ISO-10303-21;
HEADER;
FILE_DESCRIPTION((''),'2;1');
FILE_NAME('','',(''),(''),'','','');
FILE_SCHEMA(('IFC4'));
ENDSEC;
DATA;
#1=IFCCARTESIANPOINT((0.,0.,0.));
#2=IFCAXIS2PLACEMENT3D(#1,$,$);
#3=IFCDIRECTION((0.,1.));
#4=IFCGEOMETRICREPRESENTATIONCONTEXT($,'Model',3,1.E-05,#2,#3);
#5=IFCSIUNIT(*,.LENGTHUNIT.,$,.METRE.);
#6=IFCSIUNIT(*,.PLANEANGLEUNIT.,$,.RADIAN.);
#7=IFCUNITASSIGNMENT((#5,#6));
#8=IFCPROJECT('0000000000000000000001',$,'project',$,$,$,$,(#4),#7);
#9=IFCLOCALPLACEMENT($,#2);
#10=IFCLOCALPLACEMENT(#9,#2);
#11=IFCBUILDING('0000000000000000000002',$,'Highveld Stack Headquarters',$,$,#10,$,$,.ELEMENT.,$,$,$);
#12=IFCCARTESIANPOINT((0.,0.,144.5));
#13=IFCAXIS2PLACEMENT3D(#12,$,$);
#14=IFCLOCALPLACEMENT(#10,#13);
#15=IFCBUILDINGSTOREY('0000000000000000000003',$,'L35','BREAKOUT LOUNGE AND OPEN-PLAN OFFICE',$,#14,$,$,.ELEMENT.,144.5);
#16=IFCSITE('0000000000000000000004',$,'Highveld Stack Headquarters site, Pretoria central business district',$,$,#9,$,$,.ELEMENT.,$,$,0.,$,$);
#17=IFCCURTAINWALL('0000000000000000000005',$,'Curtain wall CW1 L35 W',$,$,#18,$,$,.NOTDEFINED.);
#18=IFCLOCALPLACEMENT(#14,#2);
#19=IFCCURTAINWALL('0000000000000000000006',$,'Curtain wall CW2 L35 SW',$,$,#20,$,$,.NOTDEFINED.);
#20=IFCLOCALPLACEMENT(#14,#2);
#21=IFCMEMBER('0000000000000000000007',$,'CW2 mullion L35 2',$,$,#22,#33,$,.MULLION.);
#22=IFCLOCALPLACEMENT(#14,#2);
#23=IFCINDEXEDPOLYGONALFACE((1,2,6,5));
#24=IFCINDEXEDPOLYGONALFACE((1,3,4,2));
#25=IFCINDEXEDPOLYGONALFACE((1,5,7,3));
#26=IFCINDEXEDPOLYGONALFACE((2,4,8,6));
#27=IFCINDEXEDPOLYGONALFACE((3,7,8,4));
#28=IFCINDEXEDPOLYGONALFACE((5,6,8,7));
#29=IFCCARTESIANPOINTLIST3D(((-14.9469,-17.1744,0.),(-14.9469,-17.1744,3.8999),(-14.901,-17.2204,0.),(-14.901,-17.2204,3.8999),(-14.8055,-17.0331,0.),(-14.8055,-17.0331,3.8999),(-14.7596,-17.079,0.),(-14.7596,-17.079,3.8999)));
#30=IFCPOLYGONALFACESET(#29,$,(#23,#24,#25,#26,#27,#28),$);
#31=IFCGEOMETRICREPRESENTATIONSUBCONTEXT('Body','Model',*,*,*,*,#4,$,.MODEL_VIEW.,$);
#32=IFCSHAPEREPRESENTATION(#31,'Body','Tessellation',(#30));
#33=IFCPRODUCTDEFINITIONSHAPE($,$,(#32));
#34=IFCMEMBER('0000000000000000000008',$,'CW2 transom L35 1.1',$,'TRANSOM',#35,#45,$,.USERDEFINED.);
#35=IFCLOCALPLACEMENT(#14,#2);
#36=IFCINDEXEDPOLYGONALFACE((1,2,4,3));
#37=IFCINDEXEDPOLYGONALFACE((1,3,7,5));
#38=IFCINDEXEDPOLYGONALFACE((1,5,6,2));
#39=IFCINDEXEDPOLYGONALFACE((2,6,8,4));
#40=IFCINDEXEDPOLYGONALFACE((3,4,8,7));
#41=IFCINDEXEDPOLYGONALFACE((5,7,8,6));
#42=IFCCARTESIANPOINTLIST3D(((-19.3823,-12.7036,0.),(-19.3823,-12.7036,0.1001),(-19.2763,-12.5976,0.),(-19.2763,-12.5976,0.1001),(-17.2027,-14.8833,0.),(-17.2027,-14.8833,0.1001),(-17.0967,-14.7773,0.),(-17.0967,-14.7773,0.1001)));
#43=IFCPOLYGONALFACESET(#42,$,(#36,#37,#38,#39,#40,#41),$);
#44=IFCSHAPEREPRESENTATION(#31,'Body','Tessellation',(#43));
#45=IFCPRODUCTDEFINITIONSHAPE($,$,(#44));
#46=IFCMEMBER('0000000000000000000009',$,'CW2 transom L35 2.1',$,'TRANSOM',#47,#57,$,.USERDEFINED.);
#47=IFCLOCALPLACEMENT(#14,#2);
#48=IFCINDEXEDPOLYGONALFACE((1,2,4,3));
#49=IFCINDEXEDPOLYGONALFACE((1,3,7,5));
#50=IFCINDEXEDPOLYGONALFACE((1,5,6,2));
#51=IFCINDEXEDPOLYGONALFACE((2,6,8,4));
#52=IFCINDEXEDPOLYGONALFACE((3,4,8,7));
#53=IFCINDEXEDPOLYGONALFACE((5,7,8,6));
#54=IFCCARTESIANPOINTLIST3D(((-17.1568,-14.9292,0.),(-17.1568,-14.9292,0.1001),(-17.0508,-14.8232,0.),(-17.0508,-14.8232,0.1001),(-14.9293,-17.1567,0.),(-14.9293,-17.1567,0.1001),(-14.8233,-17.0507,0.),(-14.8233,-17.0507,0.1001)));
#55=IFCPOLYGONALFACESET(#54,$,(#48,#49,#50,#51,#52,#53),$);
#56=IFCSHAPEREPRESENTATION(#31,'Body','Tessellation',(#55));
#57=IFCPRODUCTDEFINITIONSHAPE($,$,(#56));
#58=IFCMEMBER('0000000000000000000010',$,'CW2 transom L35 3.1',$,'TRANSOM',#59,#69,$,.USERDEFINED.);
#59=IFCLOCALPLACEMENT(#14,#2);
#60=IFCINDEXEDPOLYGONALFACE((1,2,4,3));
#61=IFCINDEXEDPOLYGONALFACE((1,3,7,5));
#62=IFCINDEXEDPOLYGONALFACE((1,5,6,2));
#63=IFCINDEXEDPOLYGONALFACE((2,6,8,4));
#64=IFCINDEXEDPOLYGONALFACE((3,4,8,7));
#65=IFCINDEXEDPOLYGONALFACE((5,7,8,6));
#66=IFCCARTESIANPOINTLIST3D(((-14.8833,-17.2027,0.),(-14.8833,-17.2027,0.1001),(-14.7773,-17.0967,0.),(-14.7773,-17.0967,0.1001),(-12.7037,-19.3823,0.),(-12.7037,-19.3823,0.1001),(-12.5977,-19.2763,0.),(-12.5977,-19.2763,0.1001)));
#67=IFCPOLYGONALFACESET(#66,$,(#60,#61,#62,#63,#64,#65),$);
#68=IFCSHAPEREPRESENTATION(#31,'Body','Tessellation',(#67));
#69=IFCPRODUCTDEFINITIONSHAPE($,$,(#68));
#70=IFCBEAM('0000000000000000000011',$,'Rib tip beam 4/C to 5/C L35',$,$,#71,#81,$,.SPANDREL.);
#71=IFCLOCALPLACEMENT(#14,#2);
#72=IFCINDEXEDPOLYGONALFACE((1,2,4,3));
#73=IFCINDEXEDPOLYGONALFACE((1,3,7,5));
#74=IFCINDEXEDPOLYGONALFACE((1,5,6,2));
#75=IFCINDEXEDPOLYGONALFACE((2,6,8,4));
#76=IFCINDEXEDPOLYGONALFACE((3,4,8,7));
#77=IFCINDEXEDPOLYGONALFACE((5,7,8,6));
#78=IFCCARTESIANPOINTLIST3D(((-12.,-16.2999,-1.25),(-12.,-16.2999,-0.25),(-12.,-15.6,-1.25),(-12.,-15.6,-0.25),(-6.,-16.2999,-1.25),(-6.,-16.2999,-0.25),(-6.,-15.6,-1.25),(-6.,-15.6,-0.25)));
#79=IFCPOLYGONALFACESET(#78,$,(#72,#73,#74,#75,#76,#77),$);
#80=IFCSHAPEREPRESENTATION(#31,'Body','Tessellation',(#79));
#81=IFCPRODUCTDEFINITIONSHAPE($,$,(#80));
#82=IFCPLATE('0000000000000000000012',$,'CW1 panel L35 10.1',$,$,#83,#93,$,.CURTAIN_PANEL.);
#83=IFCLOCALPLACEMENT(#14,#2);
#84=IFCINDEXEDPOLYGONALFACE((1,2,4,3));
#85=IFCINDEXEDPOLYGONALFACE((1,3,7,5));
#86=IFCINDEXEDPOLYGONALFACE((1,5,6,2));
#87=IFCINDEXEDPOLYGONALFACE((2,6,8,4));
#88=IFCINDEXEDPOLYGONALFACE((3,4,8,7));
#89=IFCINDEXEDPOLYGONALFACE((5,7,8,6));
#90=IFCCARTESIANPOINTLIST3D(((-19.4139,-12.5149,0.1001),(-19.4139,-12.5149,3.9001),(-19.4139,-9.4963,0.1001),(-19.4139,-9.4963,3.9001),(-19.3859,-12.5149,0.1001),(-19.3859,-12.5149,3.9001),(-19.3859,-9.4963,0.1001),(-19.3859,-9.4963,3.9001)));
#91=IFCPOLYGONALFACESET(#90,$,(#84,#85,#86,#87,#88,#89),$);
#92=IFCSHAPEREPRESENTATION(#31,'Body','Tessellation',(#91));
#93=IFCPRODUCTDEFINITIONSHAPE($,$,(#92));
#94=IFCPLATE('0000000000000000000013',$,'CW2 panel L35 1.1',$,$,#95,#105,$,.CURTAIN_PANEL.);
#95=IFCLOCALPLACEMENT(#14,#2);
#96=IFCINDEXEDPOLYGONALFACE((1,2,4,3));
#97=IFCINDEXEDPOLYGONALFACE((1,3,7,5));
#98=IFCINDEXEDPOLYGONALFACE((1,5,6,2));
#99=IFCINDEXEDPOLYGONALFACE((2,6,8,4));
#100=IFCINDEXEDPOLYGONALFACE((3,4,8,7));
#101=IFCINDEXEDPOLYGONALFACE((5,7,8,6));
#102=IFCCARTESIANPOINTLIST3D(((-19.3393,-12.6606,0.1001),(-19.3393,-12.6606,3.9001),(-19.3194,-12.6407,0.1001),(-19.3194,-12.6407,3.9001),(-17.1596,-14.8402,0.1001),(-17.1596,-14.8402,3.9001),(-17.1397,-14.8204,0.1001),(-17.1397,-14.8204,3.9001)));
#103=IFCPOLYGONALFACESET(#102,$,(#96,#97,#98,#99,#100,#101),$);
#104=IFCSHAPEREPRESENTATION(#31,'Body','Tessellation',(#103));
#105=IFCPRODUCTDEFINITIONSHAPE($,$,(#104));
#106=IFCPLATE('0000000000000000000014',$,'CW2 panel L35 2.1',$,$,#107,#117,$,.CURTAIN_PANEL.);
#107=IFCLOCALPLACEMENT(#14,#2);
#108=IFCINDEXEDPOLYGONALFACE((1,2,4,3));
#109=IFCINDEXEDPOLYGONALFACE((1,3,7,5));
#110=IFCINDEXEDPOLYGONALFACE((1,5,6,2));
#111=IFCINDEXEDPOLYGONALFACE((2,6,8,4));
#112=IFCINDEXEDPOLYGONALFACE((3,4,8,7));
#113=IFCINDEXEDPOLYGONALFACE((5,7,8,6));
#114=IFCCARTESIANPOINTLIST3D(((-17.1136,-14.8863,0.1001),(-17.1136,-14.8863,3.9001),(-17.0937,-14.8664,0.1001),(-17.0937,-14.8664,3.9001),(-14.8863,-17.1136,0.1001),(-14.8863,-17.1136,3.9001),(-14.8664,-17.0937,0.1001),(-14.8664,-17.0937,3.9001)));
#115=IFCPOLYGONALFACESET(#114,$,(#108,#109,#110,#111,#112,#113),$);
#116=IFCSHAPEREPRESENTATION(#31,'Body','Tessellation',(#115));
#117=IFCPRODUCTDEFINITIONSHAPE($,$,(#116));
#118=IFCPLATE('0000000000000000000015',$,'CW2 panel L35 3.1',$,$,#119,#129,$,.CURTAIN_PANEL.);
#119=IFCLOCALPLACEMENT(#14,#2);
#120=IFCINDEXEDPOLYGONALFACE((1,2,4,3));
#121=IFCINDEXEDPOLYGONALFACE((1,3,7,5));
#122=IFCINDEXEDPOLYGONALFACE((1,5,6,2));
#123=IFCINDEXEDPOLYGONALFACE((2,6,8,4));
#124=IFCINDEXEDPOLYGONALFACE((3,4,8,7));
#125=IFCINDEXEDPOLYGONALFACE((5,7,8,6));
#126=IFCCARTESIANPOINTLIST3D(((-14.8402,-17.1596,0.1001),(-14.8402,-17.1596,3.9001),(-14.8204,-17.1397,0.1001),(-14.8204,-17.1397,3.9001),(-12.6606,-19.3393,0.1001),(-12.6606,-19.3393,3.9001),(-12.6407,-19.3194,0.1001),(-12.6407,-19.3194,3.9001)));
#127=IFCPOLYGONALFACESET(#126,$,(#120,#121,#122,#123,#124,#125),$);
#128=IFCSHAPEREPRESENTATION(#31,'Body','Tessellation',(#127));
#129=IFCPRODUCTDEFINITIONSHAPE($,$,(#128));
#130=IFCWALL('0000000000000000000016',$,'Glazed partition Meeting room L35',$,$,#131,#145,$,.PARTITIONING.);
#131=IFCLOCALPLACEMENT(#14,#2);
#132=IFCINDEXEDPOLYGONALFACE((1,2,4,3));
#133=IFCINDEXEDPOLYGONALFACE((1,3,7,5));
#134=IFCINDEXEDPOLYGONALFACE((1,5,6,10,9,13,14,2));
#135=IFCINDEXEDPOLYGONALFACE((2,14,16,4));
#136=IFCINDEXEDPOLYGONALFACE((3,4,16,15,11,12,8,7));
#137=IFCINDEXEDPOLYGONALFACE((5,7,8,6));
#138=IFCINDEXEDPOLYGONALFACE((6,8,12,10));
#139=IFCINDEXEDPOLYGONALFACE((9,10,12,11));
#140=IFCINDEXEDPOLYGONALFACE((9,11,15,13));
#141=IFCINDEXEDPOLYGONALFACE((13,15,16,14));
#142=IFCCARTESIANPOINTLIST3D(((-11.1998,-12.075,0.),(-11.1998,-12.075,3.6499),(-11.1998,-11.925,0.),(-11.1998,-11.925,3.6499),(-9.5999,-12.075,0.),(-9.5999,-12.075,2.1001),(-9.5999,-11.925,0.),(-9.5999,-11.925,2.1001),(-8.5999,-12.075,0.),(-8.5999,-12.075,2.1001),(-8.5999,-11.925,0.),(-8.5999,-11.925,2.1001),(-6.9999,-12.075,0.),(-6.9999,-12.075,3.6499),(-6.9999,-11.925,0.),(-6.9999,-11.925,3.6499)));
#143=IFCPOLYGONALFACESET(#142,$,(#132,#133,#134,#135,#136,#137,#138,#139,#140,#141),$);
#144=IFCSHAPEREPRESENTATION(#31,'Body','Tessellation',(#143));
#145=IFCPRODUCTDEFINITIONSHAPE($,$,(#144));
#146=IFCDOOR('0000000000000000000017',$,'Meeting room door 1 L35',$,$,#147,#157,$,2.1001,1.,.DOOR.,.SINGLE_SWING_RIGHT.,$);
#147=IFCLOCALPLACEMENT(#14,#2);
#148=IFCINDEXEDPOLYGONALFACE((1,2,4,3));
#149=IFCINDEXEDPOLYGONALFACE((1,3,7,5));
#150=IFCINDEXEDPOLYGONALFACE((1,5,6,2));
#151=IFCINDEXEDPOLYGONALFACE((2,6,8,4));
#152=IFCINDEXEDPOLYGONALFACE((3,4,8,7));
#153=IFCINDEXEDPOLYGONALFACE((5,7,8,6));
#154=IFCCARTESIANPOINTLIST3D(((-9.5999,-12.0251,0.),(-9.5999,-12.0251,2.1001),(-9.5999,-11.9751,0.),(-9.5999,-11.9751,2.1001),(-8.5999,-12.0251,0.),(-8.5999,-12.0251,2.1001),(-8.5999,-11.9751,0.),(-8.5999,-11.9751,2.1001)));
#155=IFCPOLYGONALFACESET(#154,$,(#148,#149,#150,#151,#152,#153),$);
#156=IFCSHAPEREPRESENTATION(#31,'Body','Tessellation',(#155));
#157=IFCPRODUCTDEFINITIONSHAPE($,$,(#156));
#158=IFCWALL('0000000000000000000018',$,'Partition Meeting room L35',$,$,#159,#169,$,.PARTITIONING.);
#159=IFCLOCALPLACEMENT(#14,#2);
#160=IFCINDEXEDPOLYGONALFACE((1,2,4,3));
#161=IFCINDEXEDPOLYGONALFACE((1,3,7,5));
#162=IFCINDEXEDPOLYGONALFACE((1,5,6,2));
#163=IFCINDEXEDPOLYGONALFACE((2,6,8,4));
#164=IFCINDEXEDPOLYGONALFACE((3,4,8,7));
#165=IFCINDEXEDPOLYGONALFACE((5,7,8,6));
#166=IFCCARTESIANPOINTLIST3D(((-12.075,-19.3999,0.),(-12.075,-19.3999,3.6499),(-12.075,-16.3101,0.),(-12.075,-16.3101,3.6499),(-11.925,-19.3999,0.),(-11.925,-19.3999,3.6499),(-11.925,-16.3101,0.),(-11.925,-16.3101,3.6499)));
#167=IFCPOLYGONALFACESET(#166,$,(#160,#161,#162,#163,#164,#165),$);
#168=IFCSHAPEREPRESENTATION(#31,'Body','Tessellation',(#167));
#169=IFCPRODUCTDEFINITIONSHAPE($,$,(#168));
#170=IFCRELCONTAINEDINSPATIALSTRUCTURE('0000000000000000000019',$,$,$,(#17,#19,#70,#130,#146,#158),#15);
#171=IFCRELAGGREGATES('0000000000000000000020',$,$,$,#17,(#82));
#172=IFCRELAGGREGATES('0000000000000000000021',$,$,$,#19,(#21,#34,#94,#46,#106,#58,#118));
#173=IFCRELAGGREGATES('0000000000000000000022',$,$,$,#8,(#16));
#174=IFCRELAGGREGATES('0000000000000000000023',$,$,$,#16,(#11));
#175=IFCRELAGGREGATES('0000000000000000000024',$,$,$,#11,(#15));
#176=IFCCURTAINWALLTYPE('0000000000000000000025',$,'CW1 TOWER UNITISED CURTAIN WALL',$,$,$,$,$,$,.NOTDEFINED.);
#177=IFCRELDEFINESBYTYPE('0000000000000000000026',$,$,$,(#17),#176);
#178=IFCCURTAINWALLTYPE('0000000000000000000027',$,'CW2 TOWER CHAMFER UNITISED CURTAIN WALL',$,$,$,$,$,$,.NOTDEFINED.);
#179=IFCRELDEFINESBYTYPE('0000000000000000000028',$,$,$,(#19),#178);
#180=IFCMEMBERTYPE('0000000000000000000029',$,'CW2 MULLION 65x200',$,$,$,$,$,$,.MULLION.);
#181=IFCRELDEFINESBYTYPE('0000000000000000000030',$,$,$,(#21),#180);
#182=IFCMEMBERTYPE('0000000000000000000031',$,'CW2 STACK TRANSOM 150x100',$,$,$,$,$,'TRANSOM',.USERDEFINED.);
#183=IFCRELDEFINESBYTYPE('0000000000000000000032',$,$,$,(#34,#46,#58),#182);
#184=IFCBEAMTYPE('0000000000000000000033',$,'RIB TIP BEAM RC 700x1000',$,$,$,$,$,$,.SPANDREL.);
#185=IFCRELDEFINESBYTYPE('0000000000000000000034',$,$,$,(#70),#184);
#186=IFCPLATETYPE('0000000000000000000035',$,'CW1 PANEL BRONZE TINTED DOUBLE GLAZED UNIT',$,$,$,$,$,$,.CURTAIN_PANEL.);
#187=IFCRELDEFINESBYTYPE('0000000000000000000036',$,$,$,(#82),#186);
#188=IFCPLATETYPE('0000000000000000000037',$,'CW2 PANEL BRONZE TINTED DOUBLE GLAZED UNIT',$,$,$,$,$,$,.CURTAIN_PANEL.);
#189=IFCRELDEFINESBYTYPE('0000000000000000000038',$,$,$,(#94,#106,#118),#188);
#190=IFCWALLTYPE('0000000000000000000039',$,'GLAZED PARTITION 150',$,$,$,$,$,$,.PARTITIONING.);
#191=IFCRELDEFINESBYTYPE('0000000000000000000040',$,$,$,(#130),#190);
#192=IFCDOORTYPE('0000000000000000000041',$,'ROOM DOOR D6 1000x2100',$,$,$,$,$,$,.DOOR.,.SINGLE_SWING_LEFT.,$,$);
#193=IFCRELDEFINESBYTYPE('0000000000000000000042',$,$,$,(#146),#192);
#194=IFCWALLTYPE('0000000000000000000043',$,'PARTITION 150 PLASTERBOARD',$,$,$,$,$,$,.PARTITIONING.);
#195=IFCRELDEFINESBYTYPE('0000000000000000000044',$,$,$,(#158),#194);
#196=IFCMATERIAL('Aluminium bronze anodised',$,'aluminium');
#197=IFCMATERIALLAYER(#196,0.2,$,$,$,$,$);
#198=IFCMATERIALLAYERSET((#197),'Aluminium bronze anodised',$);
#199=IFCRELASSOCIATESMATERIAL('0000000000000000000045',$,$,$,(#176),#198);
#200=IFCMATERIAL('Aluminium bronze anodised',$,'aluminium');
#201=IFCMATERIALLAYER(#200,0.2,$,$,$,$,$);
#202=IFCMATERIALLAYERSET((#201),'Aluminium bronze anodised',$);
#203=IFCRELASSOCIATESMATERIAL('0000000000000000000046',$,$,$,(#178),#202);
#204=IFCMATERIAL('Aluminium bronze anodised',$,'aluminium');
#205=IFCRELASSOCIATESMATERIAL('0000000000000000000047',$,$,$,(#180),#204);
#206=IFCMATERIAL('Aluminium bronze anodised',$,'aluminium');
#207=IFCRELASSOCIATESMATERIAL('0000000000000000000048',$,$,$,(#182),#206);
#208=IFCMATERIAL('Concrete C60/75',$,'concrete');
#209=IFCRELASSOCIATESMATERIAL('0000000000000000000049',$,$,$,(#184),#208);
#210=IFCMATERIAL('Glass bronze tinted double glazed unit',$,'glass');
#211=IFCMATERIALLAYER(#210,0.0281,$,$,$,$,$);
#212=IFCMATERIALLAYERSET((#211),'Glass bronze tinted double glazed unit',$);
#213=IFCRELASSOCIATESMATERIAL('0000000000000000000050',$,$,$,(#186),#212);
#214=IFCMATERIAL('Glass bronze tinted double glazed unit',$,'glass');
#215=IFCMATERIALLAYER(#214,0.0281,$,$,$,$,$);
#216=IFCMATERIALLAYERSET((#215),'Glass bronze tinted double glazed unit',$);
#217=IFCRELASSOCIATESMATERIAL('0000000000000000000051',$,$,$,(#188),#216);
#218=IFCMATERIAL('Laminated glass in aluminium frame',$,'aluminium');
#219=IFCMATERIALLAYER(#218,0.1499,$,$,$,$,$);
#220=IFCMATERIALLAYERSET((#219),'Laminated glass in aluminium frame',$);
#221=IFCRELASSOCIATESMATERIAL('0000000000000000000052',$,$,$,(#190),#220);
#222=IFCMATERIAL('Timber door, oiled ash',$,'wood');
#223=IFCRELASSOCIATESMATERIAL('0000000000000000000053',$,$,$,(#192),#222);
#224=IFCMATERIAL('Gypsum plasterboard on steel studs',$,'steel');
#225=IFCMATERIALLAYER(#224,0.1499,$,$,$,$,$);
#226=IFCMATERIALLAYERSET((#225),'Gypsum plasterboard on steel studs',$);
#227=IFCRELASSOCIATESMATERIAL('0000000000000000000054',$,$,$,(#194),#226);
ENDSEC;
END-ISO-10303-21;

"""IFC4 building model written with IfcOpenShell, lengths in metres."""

from ifc_helpers import new_model, si_unit, direction, frame, frame_2d, origin, origin_2d, place, context, subcontext, project, spatial, rectangle, extrude, material, layer, layer_set, material_profile, profile_set, type_object, element, fill, aggregate, save


model = new_model("IFC4")

# Units and contexts
model_context = context("Model", 3, precision=1e-05, world=origin(), true_north=direction((0.0, 1.0)))
body_context = subcontext(model_context, "Body", "Model", "MODEL_VIEW")
ifc_project = project(units=[si_unit("LENGTHUNIT", "METRE"), si_unit("PLANEANGLEUNIT", "RADIAN")], contexts=[model_context])

# Site, building, storey
site_placement = place(None, origin())
site = spatial("IfcSite", under=ifc_project, at=site_placement, Name="Highveld Stack Headquarters site, Pretoria central business district", CompositionType="ELEMENT", RefElevation=0.0)
building_placement = place(site_placement, origin())
building = spatial("IfcBuilding", under=site, at=building_placement, Name="Highveld Stack Headquarters", CompositionType="ELEMENT")
storey_placement = place(building_placement, frame((0.0, 0.0, 144.5)))
storey = spatial("IfcBuildingStorey", under=building, at=storey_placement, Name="L35", Description="BREAKOUT LOUNGE AND OPEN-PLAN OFFICE", CompositionType="ELEMENT", Elevation=144.5)

# Shared definitions
ifc_material_1 = material(Name="Aluminium bronze anodised", Category="aluminium")
ifc_layer_1 = layer(ifc_material_1, 0.2)
ifc_layer_set_1 = layer_set([ifc_layer_1], Name="Aluminium bronze anodised")
curtain_wall_type_1 = type_object("IfcCurtainWallType", Name="CW1 TOWER UNITISED CURTAIN WALL", PredefinedType="NOTDEFINED", material=ifc_layer_set_1)

# Curtain wall
curtain_wall_1_placement = place(storey_placement, origin())
curtain_wall_1 = element("IfcCurtainWall", 1, at=curtain_wall_1_placement, inside=storey, type_object=curtain_wall_type_1, Name="Curtain wall CW1 L35 W", PredefinedType="NOTDEFINED")

# Curtain wall, members
ifc_material_2 = material(Name="Aluminium bronze anodised", Category="aluminium")
ifc_layer_2 = layer(ifc_material_2, 0.2)
ifc_layer_set_2 = layer_set([ifc_layer_2], Name="Aluminium bronze anodised")
curtain_wall_type_2 = type_object("IfcCurtainWallType", Name="CW2 TOWER CHAMFER UNITISED CURTAIN WALL", PredefinedType="NOTDEFINED", material=ifc_layer_set_2)
curtain_wall_2_placement = place(storey_placement, origin())
curtain_wall_2 = element("IfcCurtainWall", 2, at=curtain_wall_2_placement, inside=storey, type_object=curtain_wall_type_2, Name="Curtain wall CW2 L35 SW", PredefinedType="NOTDEFINED")
ifc_material_3 = material(Name="Aluminium bronze anodised", Category="aluminium")
ifc_material_profile_1 = material_profile(ifc_material_3, rectangle(XDim=0.2, YDim=0.0649, at=origin_2d()), Name="CW2 MULLION 65x200")
ifc_profile_set_1 = profile_set([ifc_material_profile_1], Name="Aluminium bronze anodised")
member_type_1 = type_object("IfcMemberType", Name="CW2 MULLION 65x200", PredefinedType="MULLION", material=ifc_profile_set_1)
member_1_placement = place(storey_placement, frame((-14.8533, -17.1267, 0.0), z_axis=(0.0, 0.0, 1.0), x_axis=(0.707107, 0.707107, 0.0)))
member_1 = element("IfcMember", 3, at=member_1_placement, type_object=member_type_1, Name="CW2 mullion L35 2", PredefinedType="MULLION", context=body_context, shape_type="SweptSolid", body=[
    extrude(rectangle(XDim=0.2, YDim=0.0649, at=origin_2d()), origin(), (0.0, 0.0, 1.0), 3.8999),
])
ifc_material_4 = material(Name="Aluminium bronze anodised", Category="aluminium")
ifc_material_profile_2 = material_profile(ifc_material_4, rectangle(XDim=0.1499, YDim=0.1001, at=origin_2d()), Name="CW2 TRANSOM 150x100")
ifc_profile_set_2 = profile_set([ifc_material_profile_2], Name="Aluminium bronze anodised")
member_type_2 = type_object("IfcMemberType", Name="CW2 STACK TRANSOM 150x100", ElementType="TRANSOM", PredefinedType="USERDEFINED", material=ifc_profile_set_2)
member_2_placement = place(storey_placement, frame((-19.3293, -12.6506, 0.05), z_axis=(0.707107, -0.707107, 0.0), x_axis=(0.707107, 0.707107, 0.0)))
member_2 = element("IfcMember", 4, at=member_2_placement, type_object=member_type_2, Name="CW2 transom L35 1.1", ObjectType="TRANSOM", PredefinedType="USERDEFINED", context=body_context, shape_type="SweptSolid", body=[
    extrude(rectangle(XDim=0.1499, YDim=0.1001, at=origin_2d()), origin(), (0.0, 0.0, 1.0), 3.0825),
])
member_3_placement = place(storey_placement, frame((-17.1038, -14.8762, 0.05), z_axis=(0.707107, -0.707107, 0.0), x_axis=(0.707107, 0.707107, 0.0)))
member_3 = element("IfcMember", 5, at=member_3_placement, type_object=member_type_2, Name="CW2 transom L35 2.1", ObjectType="TRANSOM", PredefinedType="USERDEFINED", context=body_context, shape_type="SweptSolid", body=[
    extrude(rectangle(XDim=0.1499, YDim=0.1001, at=origin_2d()), origin(), (0.0, 0.0, 1.0), 3.1501),
])
member_4_placement = place(storey_placement, frame((-14.8303, -17.1497, 0.05), z_axis=(0.707107, -0.707107, 0.0), x_axis=(0.707107, 0.707107, 0.0)))
member_4 = element("IfcMember", 6, at=member_4_placement, type_object=member_type_2, Name="CW2 transom L35 3.1", ObjectType="TRANSOM", PredefinedType="USERDEFINED", context=body_context, shape_type="SweptSolid", body=[
    extrude(rectangle(XDim=0.1499, YDim=0.1001, at=origin_2d()), origin(), (0.0, 0.0, 1.0), 3.0825),
])

# Beam
ifc_material_5 = material(Name="Concrete C60/75", Category="concrete")
ifc_material_profile_3 = material_profile(ifc_material_5, rectangle(XDim=0.7, YDim=1.0, at=origin_2d()), Name="RC 700x1000")
ifc_profile_set_3 = profile_set([ifc_material_profile_3], Name="Concrete C60/75")
beam_type_1 = type_object("IfcBeamType", Name="RIB TIP BEAM RC 700x1000", PredefinedType="SPANDREL", material=ifc_profile_set_3)
beam_1_placement = place(storey_placement, frame((-12.0, -15.95, -0.75), z_axis=(1.0, 0.0, 0.0), x_axis=(0.0, 1.0, 0.0)))
element("IfcBeam", 7, at=beam_1_placement, inside=storey, type_object=beam_type_1, Name="Rib tip beam 4/C to 5/C L35", PredefinedType="SPANDREL", context=body_context, shape_type="SweptSolid", body=[
    extrude(rectangle(XDim=0.7, YDim=1.0, at=origin_2d()), origin(), (0.0, 0.0, 1.0), 6.0),
])

# Plates
ifc_material_6 = material(Name="Glass bronze tinted double glazed unit", Category="glass")
ifc_layer_3 = layer(ifc_material_6, 0.0281)
ifc_layer_set_3 = layer_set([ifc_layer_3], Name="Glass bronze tinted double glazed unit")
plate_type_1 = type_object("IfcPlateType", Name="CW1 PANEL BRONZE TINTED DOUBLE GLAZED UNIT", PredefinedType="CURTAIN_PANEL", material=ifc_layer_set_3)
plate_1_placement = place(storey_placement, frame((-19.3999, -11.0056, 0.1001), z_axis=(0.0, 0.0, 1.0), x_axis=(0.0, -1.0, 0.0)))
plate_1 = element("IfcPlate", 8, at=plate_1_placement, type_object=plate_type_1, Name="CW1 panel L35 10.1", PredefinedType="CURTAIN_PANEL", context=body_context, shape_type="SweptSolid", body=[
    extrude(rectangle(XDim=3.0186, YDim=0.0281, at=origin_2d()), origin(), (0.0, 0.0, 1.0), 3.8),
])
aggregate(curtain_wall_1, [plate_1])
ifc_material_7 = material(Name="Glass bronze tinted double glazed unit", Category="glass")
ifc_layer_4 = layer(ifc_material_7, 0.0281)
ifc_layer_set_4 = layer_set([ifc_layer_4], Name="Glass bronze tinted double glazed unit")
plate_type_2 = type_object("IfcPlateType", Name="CW2 PANEL BRONZE TINTED DOUBLE GLAZED UNIT", PredefinedType="CURTAIN_PANEL", material=ifc_layer_set_4)
plate_2_placement = place(storey_placement, frame((-18.2395, -13.7405, 0.1001), z_axis=(0.0, 0.0, 1.0), x_axis=(0.707107, -0.707107, 0.0)))
plate_2 = element("IfcPlate", 9, at=plate_2_placement, type_object=plate_type_2, Name="CW2 panel L35 1.1", PredefinedType="CURTAIN_PANEL", context=body_context, shape_type="SweptSolid", body=[
    extrude(rectangle(XDim=3.0825, YDim=0.0281, at=origin_2d()), origin(), (0.0, 0.0, 1.0), 3.8),
])
plate_3_placement = place(storey_placement, frame((-15.99, -15.99, 0.1001), z_axis=(0.0, 0.0, 1.0), x_axis=(0.707107, -0.707107, 0.0)))
plate_3 = element("IfcPlate", 10, at=plate_3_placement, type_object=plate_type_2, Name="CW2 panel L35 2.1", PredefinedType="CURTAIN_PANEL", context=body_context, shape_type="SweptSolid", body=[
    extrude(rectangle(XDim=3.1499, YDim=0.0281, at=origin_2d()), origin(), (0.0, 0.0, 1.0), 3.8),
])
plate_4_placement = place(storey_placement, frame((-13.7405, -18.2395, 0.1001), z_axis=(0.0, 0.0, 1.0), x_axis=(0.707107, -0.707107, 0.0)))
plate_4 = element("IfcPlate", 11, at=plate_4_placement, type_object=plate_type_2, Name="CW2 panel L35 3.1", PredefinedType="CURTAIN_PANEL", context=body_context, shape_type="SweptSolid", body=[
    extrude(rectangle(XDim=3.0825, YDim=0.0281, at=origin_2d()), origin(), (0.0, 0.0, 1.0), 3.8),
])
aggregate(curtain_wall_2, [member_1, member_2, plate_2, member_3, plate_3, member_4, plate_4])

# Wall, opening, door
ifc_material_8 = material(Name="Laminated glass in aluminium frame", Category="aluminium")
ifc_layer_5 = layer(ifc_material_8, 0.1499)
ifc_layer_set_5 = layer_set([ifc_layer_5], Name="Laminated glass in aluminium frame")
wall_type_1 = type_object("IfcWallType", Name="GLAZED PARTITION 150", PredefinedType="PARTITIONING", material=ifc_layer_set_5)
wall_1_placement = place(storey_placement, frame((-11.2, -12.0, 0.0), z_axis=(0.0, 0.0, 1.0), x_axis=(1.0, 0.0, 0.0)))
wall_1 = element("IfcWall", 12, at=wall_1_placement, inside=storey, type_object=wall_type_1, Name="Glazed partition Meeting room L35", PredefinedType="PARTITIONING", context=body_context, shape_type="SweptSolid", body=[
    extrude(rectangle(XDim=4.2, YDim=0.1499, at=frame_2d((2.1001, 0.0))), origin(), (0.0, 0.0, 1.0), 3.6499),
])
opening_placement = place(wall_1_placement, frame((1.6001, 0.0, 0.0)))
opening = element("IfcOpeningElement", 13, at=opening_placement, cuts=wall_1, PredefinedType="OPENING", context=body_context, shape_type="SweptSolid", body=[
    extrude(rectangle(XDim=1.0, YDim=2.1001, at=frame_2d((0.5, 1.05))), frame((0.0, 0.085, 0.0), z_axis=(0.0, -1.0, 0.0), x_axis=(1.0, 0.0, 0.0)), (0.0, 0.0, 1.0), 0.1699),
])
ifc_material_9 = material(Name="Timber door, oiled ash", Category="wood")
door_type = type_object("IfcDoorType", Name="ROOM DOOR D6 1000x2100", OperationType="SINGLE_SWING_LEFT", PredefinedType="DOOR", material=ifc_material_9)
door_placement = place(opening_placement, origin())
door = element("IfcDoor", 14, at=door_placement, inside=storey, type_object=door_type, Name="Meeting room door 1 L35", OperationType="SINGLE_SWING_RIGHT", OverallHeight=2.1001, OverallWidth=1.0, PredefinedType="DOOR", context=body_context, shape_type="SweptSolid", body=[
    extrude(rectangle(XDim=1.0, YDim=2.1001, at=frame_2d((0.5, 1.05))), frame((0.0, 0.0249, 0.0), z_axis=(0.0, -1.0, 0.0), x_axis=(1.0, 0.0, 0.0)), (0.0, 0.0, 1.0), 0.05),
])
fill(opening, door)

# Wall
ifc_material_10 = material(Name="Gypsum plasterboard on steel studs", Category="steel")
ifc_layer_6 = layer(ifc_material_10, 0.1499)
ifc_layer_set_6 = layer_set([ifc_layer_6], Name="Gypsum plasterboard on steel studs")
wall_type_2 = type_object("IfcWallType", Name="PARTITION 150 PLASTERBOARD", PredefinedType="PARTITIONING", material=ifc_layer_set_6)
wall_2_placement = place(storey_placement, frame((-12.0, -19.3999, 0.0), z_axis=(0.0, 0.0, 1.0), x_axis=(0.0, 1.0, 0.0)))
element("IfcWall", 15, at=wall_2_placement, inside=storey, type_object=wall_type_2, Name="Partition Meeting room L35", PredefinedType="PARTITIONING", context=body_context, shape_type="SweptSolid", body=[
    extrude(rectangle(XDim=3.0898, YDim=0.1499, at=frame_2d((1.5449, 0.0))), origin(), (0.0, 0.0, 1.0), 3.6499),
])

save(model, "model.ifc")
